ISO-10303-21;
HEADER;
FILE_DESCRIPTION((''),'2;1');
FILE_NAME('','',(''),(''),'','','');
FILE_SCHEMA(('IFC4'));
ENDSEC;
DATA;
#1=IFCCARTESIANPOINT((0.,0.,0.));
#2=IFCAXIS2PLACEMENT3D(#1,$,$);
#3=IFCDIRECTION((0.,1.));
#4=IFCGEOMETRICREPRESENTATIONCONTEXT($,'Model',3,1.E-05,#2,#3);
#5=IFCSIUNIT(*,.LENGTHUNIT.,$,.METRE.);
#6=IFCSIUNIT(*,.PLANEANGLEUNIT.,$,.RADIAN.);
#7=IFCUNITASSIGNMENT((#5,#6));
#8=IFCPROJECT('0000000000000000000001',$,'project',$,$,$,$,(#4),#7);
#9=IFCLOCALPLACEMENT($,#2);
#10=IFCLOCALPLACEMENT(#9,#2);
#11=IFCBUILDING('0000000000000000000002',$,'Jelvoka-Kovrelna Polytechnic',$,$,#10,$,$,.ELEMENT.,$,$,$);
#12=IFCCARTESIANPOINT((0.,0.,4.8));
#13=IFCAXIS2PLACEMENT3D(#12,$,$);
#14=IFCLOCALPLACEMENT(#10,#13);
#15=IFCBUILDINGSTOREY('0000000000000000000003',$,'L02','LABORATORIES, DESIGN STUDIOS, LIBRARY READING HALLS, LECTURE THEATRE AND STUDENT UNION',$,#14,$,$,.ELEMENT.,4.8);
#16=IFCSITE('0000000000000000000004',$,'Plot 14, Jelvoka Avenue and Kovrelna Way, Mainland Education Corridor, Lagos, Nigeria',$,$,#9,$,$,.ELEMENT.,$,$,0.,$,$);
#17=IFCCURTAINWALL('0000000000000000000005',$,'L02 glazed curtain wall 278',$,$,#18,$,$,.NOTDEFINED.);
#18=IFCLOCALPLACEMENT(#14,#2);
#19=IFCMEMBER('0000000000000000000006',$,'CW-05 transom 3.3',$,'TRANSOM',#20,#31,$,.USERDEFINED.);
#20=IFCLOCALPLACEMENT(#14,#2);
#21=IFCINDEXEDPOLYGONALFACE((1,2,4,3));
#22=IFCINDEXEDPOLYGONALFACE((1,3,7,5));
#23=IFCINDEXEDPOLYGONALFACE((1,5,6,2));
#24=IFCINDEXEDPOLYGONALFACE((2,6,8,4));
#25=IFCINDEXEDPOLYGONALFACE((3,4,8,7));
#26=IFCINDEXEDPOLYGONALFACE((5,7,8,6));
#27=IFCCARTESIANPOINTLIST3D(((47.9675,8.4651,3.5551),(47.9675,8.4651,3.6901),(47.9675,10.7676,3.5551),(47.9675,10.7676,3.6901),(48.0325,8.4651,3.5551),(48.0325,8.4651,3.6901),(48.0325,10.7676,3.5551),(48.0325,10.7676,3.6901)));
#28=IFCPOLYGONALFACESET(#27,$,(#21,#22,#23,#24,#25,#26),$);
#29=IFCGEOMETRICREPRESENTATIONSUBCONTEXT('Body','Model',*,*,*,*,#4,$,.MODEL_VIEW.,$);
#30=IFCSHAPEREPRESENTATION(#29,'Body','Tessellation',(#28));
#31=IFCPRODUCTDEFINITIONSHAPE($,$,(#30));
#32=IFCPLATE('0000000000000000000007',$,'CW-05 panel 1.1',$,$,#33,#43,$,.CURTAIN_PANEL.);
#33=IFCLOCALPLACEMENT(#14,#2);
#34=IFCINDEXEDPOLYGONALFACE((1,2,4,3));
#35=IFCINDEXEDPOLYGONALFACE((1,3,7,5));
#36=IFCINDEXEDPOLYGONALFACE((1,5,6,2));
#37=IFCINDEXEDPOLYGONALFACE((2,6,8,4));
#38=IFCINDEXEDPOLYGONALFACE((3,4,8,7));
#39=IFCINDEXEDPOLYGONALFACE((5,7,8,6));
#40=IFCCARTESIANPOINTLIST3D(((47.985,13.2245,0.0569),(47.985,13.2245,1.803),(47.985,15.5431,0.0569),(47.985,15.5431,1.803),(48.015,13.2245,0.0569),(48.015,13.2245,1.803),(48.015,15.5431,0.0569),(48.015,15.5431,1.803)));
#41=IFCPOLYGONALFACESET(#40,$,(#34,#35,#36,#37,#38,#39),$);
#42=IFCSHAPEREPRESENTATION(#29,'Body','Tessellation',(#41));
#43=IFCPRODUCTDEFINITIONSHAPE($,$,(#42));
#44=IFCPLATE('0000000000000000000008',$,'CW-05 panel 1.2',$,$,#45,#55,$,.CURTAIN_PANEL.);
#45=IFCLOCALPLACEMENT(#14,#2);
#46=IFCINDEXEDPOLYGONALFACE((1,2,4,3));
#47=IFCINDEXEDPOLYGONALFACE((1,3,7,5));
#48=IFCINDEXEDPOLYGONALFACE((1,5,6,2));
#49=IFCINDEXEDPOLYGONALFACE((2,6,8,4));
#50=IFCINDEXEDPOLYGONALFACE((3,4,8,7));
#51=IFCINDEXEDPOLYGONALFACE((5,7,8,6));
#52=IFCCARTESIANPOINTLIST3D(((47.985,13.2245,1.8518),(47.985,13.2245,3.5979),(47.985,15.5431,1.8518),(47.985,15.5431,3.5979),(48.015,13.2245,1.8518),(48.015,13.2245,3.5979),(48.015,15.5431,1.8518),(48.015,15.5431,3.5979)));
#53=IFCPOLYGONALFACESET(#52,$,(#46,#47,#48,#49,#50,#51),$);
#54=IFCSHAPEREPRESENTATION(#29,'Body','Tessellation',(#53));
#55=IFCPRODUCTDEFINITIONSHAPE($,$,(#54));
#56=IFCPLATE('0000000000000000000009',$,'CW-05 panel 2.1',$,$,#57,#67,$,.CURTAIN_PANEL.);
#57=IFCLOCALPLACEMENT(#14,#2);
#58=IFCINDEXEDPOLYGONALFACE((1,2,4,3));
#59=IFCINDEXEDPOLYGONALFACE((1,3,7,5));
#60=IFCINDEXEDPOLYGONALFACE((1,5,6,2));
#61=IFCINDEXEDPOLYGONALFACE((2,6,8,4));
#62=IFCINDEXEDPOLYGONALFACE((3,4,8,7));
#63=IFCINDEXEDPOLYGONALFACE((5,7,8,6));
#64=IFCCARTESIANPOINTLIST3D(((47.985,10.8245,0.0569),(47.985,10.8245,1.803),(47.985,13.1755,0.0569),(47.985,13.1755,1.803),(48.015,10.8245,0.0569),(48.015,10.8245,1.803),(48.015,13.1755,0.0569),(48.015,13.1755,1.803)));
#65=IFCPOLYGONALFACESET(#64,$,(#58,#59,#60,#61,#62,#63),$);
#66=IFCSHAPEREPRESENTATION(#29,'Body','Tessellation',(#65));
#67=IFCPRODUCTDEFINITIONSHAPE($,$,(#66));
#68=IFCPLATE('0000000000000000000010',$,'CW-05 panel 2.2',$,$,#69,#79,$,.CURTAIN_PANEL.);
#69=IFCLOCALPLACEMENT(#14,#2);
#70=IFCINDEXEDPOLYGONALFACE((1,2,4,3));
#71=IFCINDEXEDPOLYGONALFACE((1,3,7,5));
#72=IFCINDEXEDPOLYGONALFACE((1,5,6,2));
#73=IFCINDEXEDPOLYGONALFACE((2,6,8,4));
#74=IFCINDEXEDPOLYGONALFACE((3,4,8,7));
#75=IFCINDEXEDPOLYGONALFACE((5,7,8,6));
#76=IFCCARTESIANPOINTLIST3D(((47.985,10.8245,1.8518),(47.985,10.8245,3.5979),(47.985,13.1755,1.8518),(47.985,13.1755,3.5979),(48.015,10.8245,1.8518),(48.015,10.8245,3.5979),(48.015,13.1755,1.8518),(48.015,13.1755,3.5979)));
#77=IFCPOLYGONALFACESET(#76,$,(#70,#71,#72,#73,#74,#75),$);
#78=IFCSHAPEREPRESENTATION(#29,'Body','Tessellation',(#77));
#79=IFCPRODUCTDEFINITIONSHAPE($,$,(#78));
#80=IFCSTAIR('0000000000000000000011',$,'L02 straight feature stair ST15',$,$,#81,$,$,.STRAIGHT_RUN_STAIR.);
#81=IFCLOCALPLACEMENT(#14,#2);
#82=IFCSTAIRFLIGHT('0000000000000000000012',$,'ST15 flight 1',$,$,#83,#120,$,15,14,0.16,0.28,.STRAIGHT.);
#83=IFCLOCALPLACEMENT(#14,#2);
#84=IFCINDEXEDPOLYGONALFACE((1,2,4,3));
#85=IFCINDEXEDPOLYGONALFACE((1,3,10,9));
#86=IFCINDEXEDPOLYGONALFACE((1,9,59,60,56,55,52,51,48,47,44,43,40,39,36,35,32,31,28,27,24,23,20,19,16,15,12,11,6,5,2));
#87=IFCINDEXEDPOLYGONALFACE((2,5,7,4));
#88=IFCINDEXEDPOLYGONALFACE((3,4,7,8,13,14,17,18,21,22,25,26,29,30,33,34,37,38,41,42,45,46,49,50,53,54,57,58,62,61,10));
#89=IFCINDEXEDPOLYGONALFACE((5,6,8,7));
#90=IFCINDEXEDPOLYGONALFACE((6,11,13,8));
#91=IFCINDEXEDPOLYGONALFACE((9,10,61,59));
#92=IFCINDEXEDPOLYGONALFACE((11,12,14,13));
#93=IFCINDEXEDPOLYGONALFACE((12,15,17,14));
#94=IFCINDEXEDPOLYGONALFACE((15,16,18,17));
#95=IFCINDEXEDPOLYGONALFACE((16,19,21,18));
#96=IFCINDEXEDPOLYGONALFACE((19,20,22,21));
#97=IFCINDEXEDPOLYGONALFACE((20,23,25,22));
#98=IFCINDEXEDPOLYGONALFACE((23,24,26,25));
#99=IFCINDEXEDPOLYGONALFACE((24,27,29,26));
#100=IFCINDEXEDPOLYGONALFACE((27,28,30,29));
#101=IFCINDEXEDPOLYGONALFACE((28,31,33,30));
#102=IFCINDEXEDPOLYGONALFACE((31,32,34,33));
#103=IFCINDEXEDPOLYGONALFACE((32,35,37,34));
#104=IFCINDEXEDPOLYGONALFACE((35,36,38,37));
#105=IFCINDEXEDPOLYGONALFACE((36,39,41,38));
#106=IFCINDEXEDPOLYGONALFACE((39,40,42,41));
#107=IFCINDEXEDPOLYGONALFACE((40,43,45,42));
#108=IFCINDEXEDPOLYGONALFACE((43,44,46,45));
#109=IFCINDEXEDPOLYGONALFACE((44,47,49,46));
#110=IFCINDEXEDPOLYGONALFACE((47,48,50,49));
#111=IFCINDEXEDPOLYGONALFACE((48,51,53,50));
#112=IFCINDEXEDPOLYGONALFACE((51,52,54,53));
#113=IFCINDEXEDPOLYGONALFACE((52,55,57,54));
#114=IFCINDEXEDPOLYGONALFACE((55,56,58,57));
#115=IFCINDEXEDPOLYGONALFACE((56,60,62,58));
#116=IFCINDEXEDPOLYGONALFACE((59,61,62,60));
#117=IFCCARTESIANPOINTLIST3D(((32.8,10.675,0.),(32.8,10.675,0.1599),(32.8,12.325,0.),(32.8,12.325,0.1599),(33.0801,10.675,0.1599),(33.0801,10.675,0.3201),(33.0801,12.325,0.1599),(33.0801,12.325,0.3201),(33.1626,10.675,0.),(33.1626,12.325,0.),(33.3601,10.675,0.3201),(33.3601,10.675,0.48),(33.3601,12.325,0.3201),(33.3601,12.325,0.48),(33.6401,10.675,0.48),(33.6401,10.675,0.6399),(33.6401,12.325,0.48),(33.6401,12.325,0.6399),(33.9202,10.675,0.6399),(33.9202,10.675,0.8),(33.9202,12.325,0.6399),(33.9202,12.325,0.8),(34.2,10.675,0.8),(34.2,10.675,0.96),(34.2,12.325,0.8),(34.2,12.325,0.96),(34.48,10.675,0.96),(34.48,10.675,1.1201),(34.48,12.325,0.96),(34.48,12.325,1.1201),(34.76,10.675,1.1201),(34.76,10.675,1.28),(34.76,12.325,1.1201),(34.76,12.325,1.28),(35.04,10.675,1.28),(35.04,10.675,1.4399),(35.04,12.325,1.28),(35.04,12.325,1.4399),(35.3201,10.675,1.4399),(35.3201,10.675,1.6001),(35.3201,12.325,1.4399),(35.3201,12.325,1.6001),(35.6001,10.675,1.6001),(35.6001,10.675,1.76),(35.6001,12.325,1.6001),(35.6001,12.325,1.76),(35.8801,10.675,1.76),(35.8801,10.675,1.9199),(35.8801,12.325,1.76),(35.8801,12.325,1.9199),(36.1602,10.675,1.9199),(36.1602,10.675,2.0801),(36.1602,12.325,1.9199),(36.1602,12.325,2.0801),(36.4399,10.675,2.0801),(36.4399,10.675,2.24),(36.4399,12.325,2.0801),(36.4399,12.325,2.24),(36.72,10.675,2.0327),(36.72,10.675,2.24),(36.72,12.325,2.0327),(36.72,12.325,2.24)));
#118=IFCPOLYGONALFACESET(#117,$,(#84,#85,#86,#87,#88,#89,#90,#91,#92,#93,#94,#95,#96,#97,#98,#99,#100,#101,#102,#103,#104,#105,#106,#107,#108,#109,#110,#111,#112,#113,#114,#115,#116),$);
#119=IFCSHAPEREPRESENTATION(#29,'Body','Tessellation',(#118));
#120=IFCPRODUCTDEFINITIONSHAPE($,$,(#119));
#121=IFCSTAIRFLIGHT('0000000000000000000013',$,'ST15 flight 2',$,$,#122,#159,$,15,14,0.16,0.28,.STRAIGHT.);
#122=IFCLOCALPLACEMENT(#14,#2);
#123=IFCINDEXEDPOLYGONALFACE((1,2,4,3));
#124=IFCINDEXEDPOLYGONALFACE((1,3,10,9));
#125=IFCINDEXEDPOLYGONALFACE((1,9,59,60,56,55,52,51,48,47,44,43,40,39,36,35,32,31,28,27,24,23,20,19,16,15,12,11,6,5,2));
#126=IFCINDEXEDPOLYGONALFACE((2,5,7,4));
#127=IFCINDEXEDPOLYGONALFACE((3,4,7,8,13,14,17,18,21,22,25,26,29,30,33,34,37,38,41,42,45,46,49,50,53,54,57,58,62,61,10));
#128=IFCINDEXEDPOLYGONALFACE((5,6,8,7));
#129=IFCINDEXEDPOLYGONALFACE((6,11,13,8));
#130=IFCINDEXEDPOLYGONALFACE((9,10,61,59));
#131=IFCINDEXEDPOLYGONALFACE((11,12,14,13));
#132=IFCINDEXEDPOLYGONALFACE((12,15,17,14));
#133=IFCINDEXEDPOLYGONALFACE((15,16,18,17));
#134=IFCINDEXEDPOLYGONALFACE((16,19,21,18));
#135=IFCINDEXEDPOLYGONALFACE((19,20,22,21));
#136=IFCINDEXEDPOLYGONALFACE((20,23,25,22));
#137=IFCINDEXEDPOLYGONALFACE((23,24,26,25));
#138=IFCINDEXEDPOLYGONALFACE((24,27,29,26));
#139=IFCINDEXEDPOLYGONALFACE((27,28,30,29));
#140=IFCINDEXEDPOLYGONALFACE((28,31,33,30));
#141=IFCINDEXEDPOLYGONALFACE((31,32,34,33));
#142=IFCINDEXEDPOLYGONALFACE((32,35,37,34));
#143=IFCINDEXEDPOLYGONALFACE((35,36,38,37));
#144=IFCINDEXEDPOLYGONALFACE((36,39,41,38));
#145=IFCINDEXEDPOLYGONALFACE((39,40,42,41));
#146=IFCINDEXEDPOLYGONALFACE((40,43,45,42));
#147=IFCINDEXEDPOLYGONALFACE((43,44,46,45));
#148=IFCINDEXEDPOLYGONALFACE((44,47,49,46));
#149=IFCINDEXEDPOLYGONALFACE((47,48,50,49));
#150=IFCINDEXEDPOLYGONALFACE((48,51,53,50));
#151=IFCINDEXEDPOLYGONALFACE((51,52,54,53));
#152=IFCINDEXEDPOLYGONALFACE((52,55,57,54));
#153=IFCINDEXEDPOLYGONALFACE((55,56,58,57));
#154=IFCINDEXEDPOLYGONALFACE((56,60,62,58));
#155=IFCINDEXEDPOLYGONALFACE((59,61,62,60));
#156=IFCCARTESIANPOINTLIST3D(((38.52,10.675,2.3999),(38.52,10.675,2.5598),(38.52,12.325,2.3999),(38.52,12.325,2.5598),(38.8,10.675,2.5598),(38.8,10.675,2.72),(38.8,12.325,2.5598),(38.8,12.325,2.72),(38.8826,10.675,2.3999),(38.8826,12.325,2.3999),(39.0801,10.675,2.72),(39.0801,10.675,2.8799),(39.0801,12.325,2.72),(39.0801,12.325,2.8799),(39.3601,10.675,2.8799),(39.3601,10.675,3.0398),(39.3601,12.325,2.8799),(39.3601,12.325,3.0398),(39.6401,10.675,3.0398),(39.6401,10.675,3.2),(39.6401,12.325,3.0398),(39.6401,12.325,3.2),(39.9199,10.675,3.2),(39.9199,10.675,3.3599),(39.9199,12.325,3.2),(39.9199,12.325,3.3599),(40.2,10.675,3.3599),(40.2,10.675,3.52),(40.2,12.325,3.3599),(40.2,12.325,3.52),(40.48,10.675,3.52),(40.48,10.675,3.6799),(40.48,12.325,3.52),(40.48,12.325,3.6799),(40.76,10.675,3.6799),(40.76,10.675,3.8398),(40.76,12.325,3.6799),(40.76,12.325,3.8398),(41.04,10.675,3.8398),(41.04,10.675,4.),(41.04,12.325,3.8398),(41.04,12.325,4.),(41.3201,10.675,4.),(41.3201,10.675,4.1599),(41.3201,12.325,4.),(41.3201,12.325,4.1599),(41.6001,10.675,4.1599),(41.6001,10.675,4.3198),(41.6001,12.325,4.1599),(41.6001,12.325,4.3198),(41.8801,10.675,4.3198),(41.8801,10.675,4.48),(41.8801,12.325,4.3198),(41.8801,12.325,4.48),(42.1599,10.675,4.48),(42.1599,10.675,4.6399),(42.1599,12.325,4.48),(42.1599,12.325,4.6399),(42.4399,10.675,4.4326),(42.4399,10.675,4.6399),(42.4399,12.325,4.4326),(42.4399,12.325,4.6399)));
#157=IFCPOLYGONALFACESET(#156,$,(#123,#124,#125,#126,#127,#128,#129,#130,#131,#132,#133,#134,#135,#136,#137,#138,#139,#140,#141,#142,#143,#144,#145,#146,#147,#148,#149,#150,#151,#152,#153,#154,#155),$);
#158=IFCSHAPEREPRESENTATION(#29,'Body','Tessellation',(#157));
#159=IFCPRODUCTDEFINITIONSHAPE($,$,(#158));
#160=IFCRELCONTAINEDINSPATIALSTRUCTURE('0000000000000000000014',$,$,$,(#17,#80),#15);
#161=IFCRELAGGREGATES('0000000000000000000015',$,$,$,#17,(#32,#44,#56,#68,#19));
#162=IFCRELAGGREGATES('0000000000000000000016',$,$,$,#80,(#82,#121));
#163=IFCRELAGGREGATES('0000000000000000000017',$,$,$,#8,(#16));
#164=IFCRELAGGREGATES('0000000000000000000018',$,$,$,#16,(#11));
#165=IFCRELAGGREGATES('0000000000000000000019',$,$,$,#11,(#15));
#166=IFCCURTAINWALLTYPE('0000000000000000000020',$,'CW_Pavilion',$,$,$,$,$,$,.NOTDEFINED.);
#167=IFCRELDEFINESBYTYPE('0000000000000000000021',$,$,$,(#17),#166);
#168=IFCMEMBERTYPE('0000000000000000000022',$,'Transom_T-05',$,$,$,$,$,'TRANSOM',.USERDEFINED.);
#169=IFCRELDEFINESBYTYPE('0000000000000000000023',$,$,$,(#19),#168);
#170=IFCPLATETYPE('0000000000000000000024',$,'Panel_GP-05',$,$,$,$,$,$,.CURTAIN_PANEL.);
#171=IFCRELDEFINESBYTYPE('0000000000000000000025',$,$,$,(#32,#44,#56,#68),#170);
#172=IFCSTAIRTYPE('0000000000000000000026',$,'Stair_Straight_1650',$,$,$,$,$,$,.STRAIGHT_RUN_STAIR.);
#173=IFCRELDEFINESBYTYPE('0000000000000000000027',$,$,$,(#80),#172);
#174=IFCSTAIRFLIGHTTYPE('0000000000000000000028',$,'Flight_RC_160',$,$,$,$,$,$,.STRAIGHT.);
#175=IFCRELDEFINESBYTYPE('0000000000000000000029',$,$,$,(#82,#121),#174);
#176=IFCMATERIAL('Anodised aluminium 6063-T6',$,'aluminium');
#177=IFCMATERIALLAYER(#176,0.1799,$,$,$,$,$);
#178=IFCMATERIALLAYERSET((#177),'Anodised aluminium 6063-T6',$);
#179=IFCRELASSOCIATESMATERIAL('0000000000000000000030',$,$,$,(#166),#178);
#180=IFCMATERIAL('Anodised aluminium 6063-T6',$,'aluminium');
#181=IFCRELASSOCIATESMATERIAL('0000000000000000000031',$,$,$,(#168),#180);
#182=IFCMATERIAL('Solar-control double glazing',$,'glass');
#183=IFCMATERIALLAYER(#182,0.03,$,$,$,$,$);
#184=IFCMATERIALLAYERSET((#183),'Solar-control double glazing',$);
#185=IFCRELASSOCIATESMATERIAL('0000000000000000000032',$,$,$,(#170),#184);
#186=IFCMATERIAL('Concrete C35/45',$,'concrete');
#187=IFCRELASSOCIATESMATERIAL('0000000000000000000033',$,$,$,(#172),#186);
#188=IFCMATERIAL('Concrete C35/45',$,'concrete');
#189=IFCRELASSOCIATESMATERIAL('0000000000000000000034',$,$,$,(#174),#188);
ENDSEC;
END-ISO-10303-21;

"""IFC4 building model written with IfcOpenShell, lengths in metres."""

from ifc_helpers import new_model, si_unit, direction, frame, origin, origin_2d, place, context, subcontext, project, spatial, polyline, rectangle, outline, extrude, material, layer, layer_set, material_profile, profile_set, type_object, element, aggregate, save


model = new_model("IFC4")

# Units and contexts
model_context = context("Model", 3, precision=1e-05, world=origin(), true_north=direction((0.0, 1.0)))
body_context = subcontext(model_context, "Body", "Model", "MODEL_VIEW")
ifc_project = project(units=[si_unit("LENGTHUNIT", "METRE"), si_unit("PLANEANGLEUNIT", "RADIAN")], contexts=[model_context])

# Site, building, storey
site_placement = place(None, origin())
site = spatial("IfcSite", under=ifc_project, at=site_placement, Name="Plot 14, Jelvoka Avenue and Kovrelna Way, Mainland Education Corridor, Lagos, Nigeria", CompositionType="ELEMENT", RefElevation=0.0)
building_placement = place(site_placement, origin())
building = spatial("IfcBuilding", under=site, at=building_placement, Name="Jelvoka-Kovrelna Polytechnic", CompositionType="ELEMENT")
storey_placement = place(building_placement, frame((0.0, 0.0, 4.8)))
storey = spatial("IfcBuildingStorey", under=building, at=storey_placement, Name="L02", Description="LABORATORIES, DESIGN STUDIOS, LIBRARY READING HALLS, LECTURE THEATRE AND STUDENT UNION", CompositionType="ELEMENT", Elevation=4.8)

# Curtain wall
ifc_material_1 = material(Name="Anodised aluminium 6063-T6", Category="aluminium")
ifc_layer_1 = layer(ifc_material_1, 0.1799)
ifc_layer_set_1 = layer_set([ifc_layer_1], Name="Anodised aluminium 6063-T6")
curtain_wall_type = type_object("IfcCurtainWallType", Name="CW_Pavilion", PredefinedType="NOTDEFINED", material=ifc_layer_set_1)
curtain_wall_placement = place(storey_placement, origin())
curtain_wall = element("IfcCurtainWall", 1, at=curtain_wall_placement, inside=storey, type_object=curtain_wall_type, Name="L02 glazed curtain wall 278", PredefinedType="NOTDEFINED")

# Member
ifc_material_2 = material(Name="Anodised aluminium 6063-T6", Category="aluminium")
ifc_material_profile_1 = material_profile(ifc_material_2, rectangle(XDim=0.0649, YDim=0.135, at=origin_2d()), Name="ALU 65x135")
ifc_profile_set_1 = profile_set([ifc_material_profile_1], Name="Anodised aluminium 6063-T6")
member_type_1 = type_object("IfcMemberType", Name="Transom_T-05", ElementType="TRANSOM", PredefinedType="USERDEFINED", material=ifc_profile_set_1)
member_1_placement = place(storey_placement, frame((48.0, 10.7676, 3.6226), z_axis=(0.0, -1.0, 0.0), x_axis=(1.0, 0.0, 0.0)))
member_1 = element("IfcMember", 2, at=member_1_placement, type_object=member_type_1, Name="CW-05 transom 3.3", ObjectType="TRANSOM", PredefinedType="USERDEFINED", context=body_context, shape_type="SweptSolid", body=[
    extrude(rectangle(XDim=0.0649, YDim=0.135, at=origin_2d()), origin(), (0.0, 0.0, 1.0), 2.3025),
])

# Plates
ifc_material_3 = material(Name="Solar-control double glazing", Category="glass")
ifc_layer_2 = layer(ifc_material_3, 0.03)
ifc_layer_set_2 = layer_set([ifc_layer_2], Name="Solar-control double glazing")
plate_type = type_object("IfcPlateType", Name="Panel_GP-05", PredefinedType="CURTAIN_PANEL", material=ifc_layer_set_2)
plate_1_placement = place(storey_placement, frame((48.0, 14.3838, 0.0569), z_axis=(0.0, 0.0, 1.0), x_axis=(0.0, -1.0, 0.0)))
plate_1 = element("IfcPlate", 3, at=plate_1_placement, type_object=plate_type, Name="CW-05 panel 1.1", PredefinedType="CURTAIN_PANEL", context=body_context, shape_type="SweptSolid", body=[
    extrude(rectangle(XDim=2.3186, YDim=0.03, at=origin_2d()), origin(), (0.0, 0.0, 1.0), 1.7461),
])
plate_2_placement = place(storey_placement, frame((48.0, 14.3838, 1.8518), z_axis=(0.0, 0.0, 1.0), x_axis=(0.0, -1.0, 0.0)))
plate_2 = element("IfcPlate", 4, at=plate_2_placement, type_object=plate_type, Name="CW-05 panel 1.2", PredefinedType="CURTAIN_PANEL", context=body_context, shape_type="SweptSolid", body=[
    extrude(rectangle(XDim=2.3186, YDim=0.03, at=origin_2d()), origin(), (0.0, 0.0, 1.0), 1.7461),
])
plate_3_placement = place(storey_placement, frame((48.0, 12.0, 0.0569), z_axis=(0.0, 0.0, 1.0), x_axis=(0.0, -1.0, 0.0)))
plate_3 = element("IfcPlate", 5, at=plate_3_placement, type_object=plate_type, Name="CW-05 panel 2.1", PredefinedType="CURTAIN_PANEL", context=body_context, shape_type="SweptSolid", body=[
    extrude(rectangle(XDim=2.3511, YDim=0.03, at=origin_2d()), origin(), (0.0, 0.0, 1.0), 1.7461),
])
plate_4_placement = place(storey_placement, frame((48.0, 12.0, 1.8518), z_axis=(0.0, 0.0, 1.0), x_axis=(0.0, -1.0, 0.0)))
plate_4 = element("IfcPlate", 6, at=plate_4_placement, type_object=plate_type, Name="CW-05 panel 2.2", PredefinedType="CURTAIN_PANEL", context=body_context, shape_type="SweptSolid", body=[
    extrude(rectangle(XDim=2.3511, YDim=0.03, at=origin_2d()), origin(), (0.0, 0.0, 1.0), 1.7461),
])
aggregate(curtain_wall, [plate_1, plate_2, plate_3, plate_4, member_1])

# Stair, stair flights
ifc_material_4 = material(Name="Concrete C35/45", Category="concrete")
stair_type = type_object("IfcStairType", Name="Stair_Straight_1650", PredefinedType="STRAIGHT_RUN_STAIR", material=ifc_material_4)
stair_placement = place(storey_placement, origin())
stair = element("IfcStair", 7, at=stair_placement, inside=storey, type_object=stair_type, Name="L02 straight feature stair ST15", PredefinedType="STRAIGHT_RUN_STAIR")
ifc_material_5 = material(Name="Concrete C35/45", Category="concrete")
stair_flight_type = type_object("IfcStairFlightType", Name="Flight_RC_160", PredefinedType="STRAIGHT", material=ifc_material_5)
stair_flight_1_placement = place(storey_placement, frame((32.8, 11.5, 0.0), z_axis=(0.0, 0.0, 1.0), x_axis=(1.0, 0.0, 0.0)))
stair_flight_1 = element("IfcStairFlight", 8, at=stair_flight_1_placement, type_object=stair_flight_type, Name="ST15 flight 1", NumberOfRisers=15, NumberOfTreads=14, PredefinedType="STRAIGHT", RiserHeight=0.16, TreadLength=0.28, context=body_context, shape_type="SweptSolid", body=[
    extrude(outline(polyline([(0.0, 0.0), (0.0, 0.1599), (0.28, 0.1599), (0.28, 0.3201), (0.5601, 0.3201), (0.5601, 0.48), (0.8401, 0.48), (0.8401, 0.6399), (1.1201, 0.6399), (1.1201, 0.8), (1.3999, 0.8), (1.3999, 0.96), (1.6799, 0.96), (1.6799, 1.1201), (1.96, 1.1201), (1.96, 1.28), (2.24, 1.28), (2.24, 1.4399), (2.52, 1.4399), (2.52, 1.6001), (2.8, 1.6001), (2.8, 1.76), (3.0801, 1.76), (3.0801, 1.9199), (3.3601, 1.9199), (3.3601, 2.0801), (3.6399, 2.0801), (3.6399, 2.24), (3.9199, 2.24), (3.9199, 2.3999), (3.9199, 2.0327), (0.3625, 0.0), (0.0, 0.0)])), frame((0.0, 0.825, 0.0), z_axis=(0.0, -1.0, 0.0), x_axis=(1.0, 0.0, 0.0)), (0.0, 0.0, 1.0), 1.6499),
])
stair_flight_2_placement = place(storey_placement, frame((38.52, 11.5, 2.3999), z_axis=(0.0, 0.0, 1.0), x_axis=(1.0, 0.0, 0.0)))
stair_flight_2 = element("IfcStairFlight", 9, at=stair_flight_2_placement, type_object=stair_flight_type, Name="ST15 flight 2", NumberOfRisers=15, NumberOfTreads=14, PredefinedType="STRAIGHT", RiserHeight=0.16, TreadLength=0.28, context=body_context, shape_type="SweptSolid", body=[
    extrude(outline(polyline([(0.0, 0.0), (0.0, 0.1599), (0.28, 0.1599), (0.28, 0.3201), (0.5601, 0.3201), (0.5601, 0.48), (0.8401, 0.48), (0.8401, 0.6399), (1.1201, 0.6399), (1.1201, 0.8), (1.3999, 0.8), (1.3999, 0.96), (1.6799, 0.96), (1.6799, 1.1201), (1.96, 1.1201), (1.96, 1.28), (2.24, 1.28), (2.24, 1.4399), (2.52, 1.4399), (2.52, 1.6001), (2.8, 1.6001), (2.8, 1.76), (3.0801, 1.76), (3.0801, 1.9199), (3.3601, 1.9199), (3.3601, 2.0801), (3.6399, 2.0801), (3.6399, 2.24), (3.9199, 2.24), (3.9199, 2.3999), (3.9199, 2.0327), (0.3625, 0.0), (0.0, 0.0)])), frame((0.0, 0.825, 0.0), z_axis=(0.0, -1.0, 0.0), x_axis=(1.0, 0.0, 0.0)), (0.0, 0.0, 1.0), 1.6499),
])
aggregate(stair, [stair_flight_1, stair_flight_2])

save(model, "model.ifc")
